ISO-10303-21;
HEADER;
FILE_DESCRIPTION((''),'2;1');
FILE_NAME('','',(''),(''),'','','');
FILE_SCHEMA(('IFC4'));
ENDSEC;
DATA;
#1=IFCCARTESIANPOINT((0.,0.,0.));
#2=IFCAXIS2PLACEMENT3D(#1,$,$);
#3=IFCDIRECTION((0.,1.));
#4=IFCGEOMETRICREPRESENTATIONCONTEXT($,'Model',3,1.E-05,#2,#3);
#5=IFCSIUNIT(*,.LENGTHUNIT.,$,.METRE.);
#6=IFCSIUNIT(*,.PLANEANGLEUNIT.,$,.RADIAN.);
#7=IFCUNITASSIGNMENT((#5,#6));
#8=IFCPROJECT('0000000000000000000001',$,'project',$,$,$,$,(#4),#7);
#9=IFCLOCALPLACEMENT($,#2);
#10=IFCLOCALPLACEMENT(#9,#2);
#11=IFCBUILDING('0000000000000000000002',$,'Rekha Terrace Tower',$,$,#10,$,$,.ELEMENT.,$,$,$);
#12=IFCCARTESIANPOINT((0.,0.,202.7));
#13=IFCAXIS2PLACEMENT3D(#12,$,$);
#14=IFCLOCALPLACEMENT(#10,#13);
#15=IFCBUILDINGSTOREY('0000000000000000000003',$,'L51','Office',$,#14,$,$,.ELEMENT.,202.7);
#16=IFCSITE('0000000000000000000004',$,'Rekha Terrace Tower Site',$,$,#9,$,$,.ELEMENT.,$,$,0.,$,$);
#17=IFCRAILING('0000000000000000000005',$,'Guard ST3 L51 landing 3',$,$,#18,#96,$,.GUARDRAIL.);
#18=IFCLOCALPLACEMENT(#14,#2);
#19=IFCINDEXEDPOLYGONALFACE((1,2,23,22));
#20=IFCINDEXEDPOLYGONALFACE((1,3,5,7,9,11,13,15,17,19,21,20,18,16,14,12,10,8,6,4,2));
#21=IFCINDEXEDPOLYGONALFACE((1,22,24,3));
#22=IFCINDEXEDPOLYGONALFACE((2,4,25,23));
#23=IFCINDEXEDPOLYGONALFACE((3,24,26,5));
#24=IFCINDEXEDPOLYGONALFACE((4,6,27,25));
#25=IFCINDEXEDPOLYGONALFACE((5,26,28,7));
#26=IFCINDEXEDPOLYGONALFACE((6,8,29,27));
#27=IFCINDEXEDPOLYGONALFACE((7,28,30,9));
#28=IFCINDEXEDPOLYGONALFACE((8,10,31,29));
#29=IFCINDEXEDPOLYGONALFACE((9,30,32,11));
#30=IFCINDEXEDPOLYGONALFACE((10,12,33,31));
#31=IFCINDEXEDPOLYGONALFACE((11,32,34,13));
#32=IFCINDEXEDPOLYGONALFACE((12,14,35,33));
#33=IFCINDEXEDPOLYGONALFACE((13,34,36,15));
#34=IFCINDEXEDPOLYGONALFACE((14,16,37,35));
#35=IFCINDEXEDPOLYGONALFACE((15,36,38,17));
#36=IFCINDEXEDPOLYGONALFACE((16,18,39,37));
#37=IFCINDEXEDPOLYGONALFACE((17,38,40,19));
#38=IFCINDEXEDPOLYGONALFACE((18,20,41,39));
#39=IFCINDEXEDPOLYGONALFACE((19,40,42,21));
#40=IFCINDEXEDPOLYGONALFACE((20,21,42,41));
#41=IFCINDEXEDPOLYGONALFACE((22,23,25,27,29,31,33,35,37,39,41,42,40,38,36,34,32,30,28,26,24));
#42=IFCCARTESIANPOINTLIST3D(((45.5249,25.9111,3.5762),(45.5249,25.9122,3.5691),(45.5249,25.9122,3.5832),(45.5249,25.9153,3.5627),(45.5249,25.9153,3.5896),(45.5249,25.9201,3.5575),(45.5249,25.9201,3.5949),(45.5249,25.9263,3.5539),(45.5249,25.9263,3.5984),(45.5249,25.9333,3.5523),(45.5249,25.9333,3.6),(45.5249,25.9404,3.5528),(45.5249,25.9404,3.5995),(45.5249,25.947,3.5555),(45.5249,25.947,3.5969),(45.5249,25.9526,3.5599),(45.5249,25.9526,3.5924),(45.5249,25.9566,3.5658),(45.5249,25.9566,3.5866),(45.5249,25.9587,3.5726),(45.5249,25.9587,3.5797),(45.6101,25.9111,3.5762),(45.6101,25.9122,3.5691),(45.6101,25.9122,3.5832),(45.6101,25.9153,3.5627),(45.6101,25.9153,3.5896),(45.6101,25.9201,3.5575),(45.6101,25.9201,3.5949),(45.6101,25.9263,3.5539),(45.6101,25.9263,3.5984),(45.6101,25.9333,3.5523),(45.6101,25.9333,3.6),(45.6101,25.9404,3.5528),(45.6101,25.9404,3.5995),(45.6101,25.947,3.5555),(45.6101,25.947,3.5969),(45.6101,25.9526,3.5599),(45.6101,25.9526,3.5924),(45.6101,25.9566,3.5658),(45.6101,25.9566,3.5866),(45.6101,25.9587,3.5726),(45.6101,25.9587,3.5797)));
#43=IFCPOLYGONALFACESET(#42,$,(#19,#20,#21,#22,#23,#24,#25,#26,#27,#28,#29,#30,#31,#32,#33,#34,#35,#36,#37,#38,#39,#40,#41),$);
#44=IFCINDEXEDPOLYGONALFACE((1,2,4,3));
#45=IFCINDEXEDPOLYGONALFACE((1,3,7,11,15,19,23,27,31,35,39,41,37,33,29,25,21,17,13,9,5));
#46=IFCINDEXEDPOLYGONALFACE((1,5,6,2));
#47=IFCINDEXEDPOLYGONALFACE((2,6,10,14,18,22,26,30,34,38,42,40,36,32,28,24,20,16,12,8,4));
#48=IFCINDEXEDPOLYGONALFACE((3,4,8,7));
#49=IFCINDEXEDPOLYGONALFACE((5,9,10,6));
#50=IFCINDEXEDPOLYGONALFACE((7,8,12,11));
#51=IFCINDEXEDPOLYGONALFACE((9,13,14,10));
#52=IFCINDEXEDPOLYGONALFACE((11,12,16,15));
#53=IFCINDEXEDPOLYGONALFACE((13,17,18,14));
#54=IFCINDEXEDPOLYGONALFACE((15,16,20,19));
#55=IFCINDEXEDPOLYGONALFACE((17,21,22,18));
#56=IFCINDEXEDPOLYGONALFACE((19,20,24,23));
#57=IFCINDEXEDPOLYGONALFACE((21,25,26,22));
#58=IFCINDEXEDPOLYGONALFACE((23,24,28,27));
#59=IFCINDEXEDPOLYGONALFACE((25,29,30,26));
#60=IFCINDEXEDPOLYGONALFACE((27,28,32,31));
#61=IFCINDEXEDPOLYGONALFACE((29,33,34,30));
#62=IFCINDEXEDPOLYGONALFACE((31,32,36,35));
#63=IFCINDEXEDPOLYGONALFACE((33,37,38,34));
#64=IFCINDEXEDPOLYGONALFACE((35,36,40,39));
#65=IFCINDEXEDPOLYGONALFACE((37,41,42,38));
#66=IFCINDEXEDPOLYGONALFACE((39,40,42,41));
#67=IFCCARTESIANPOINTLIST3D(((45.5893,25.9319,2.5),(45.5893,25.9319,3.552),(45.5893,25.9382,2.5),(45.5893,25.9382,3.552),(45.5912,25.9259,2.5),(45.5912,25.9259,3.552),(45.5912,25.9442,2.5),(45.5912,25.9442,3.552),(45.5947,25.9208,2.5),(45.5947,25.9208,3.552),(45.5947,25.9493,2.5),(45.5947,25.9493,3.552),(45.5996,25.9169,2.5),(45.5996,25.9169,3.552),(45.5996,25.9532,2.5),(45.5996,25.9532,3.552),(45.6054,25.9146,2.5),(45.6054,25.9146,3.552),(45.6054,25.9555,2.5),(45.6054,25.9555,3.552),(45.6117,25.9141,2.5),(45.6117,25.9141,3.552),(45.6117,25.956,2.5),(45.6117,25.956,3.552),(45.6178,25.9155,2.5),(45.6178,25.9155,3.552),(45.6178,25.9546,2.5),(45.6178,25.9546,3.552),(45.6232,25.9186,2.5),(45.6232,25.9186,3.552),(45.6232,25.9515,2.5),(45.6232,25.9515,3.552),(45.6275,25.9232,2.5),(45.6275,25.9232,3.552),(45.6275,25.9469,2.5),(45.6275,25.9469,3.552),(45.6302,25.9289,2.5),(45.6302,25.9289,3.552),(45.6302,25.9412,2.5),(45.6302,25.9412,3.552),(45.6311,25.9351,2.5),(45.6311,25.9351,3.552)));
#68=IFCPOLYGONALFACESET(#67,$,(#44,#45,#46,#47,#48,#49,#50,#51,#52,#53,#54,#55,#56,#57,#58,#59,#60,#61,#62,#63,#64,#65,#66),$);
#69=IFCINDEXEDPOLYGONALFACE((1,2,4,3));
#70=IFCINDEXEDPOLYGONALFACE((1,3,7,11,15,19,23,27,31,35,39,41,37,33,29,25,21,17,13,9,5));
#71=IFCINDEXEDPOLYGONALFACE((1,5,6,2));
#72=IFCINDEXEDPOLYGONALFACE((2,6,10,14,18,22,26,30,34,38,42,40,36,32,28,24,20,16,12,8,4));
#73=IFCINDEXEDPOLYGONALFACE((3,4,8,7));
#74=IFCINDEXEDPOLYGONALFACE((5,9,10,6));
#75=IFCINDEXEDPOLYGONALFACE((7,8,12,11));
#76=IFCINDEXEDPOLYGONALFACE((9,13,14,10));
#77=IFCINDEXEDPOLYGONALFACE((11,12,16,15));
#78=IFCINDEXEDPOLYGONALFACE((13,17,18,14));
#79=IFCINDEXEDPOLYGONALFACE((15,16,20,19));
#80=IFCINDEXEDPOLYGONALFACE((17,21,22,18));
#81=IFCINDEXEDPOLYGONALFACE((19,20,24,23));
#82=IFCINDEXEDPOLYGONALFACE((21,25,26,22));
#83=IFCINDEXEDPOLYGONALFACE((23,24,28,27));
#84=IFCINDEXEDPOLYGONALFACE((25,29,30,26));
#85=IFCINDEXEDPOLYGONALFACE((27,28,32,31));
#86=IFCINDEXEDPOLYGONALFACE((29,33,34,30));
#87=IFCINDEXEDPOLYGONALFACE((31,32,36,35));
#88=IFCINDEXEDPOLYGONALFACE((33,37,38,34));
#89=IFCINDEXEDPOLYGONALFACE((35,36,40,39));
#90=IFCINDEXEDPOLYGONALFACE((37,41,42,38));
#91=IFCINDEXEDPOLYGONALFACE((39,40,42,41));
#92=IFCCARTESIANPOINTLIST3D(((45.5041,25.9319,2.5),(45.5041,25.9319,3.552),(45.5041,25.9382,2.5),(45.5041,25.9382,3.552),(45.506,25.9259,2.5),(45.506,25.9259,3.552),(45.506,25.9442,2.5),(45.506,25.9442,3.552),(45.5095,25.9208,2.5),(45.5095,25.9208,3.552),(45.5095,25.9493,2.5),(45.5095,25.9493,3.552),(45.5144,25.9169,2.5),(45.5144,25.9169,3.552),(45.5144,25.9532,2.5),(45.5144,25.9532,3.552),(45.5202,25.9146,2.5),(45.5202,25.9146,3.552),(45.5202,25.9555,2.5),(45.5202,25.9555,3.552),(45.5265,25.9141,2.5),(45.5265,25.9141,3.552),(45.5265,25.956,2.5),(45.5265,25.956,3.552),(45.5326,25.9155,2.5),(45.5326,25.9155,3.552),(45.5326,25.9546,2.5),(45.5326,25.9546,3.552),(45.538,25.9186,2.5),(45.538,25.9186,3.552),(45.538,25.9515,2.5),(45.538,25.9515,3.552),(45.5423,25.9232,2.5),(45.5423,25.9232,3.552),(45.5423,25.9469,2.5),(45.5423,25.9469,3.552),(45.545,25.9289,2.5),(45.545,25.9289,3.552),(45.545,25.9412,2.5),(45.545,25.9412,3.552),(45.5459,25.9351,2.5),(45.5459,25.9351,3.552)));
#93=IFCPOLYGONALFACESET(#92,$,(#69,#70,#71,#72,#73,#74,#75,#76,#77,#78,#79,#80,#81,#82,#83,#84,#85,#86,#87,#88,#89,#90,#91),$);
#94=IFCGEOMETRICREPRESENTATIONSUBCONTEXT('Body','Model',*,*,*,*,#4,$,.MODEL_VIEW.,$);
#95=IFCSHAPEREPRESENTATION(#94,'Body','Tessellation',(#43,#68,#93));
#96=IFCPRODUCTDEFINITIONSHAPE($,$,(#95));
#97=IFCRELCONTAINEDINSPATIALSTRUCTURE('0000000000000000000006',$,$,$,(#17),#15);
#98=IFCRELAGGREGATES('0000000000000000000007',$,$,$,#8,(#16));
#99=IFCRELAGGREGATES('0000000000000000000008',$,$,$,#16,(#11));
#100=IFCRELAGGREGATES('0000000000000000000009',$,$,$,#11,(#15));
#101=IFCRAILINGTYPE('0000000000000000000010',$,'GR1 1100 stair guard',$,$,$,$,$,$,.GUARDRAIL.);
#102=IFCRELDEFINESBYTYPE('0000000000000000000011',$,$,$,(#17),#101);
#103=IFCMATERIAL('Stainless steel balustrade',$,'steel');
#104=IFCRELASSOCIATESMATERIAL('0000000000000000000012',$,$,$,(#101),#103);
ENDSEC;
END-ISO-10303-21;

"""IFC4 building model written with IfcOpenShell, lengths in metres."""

from ifc_helpers import new_model, si_unit, direction, frame, origin, origin_2d, place, context, subcontext, project, spatial, circle, extrude, material, type_object, element, save


model = new_model("IFC4")

# Units and contexts
model_context = context("Model", 3, precision=1e-05, world=origin(), true_north=direction((0.0, 1.0)))
body_context = subcontext(model_context, "Body", "Model", "MODEL_VIEW")
ifc_project = project(units=[si_unit("LENGTHUNIT", "METRE"), si_unit("PLANEANGLEUNIT", "RADIAN")], contexts=[model_context])

# Site, building, storey
site_placement = place(None, origin())
site = spatial("IfcSite", under=ifc_project, at=site_placement, Name="Rekha Terrace Tower Site", CompositionType="ELEMENT", RefElevation=0.0)
building_placement = place(site_placement, origin())
building = spatial("IfcBuilding", under=site, at=building_placement, Name="Rekha Terrace Tower", CompositionType="ELEMENT")
storey_placement = place(building_placement, frame((0.0, 0.0, 202.7)))
storey = spatial("IfcBuildingStorey", under=building, at=storey_placement, Name="L51", Description="Office", CompositionType="ELEMENT", Elevation=202.7)

# Railing
ifc_material_1 = material(Name="Stainless steel balustrade", Category="steel")
railing_type_1 = type_object("IfcRailingType", Name="GR1 1100 stair guard", PredefinedType="GUARDRAIL", material=ifc_material_1)
railing_1_placement = place(storey_placement, frame((45.6101, 25.9351, 2.5)))
element("IfcRailing", 1, at=railing_1_placement, inside=storey, type_object=railing_type_1, Name="Guard ST3 L51 landing 3", PredefinedType="GUARDRAIL", context=body_context, shape_type="SweptSolid", body=[
    extrude(circle(Radius=0.0239, at=origin_2d()), frame((0.0, 0.0, 1.0762), z_axis=(-1.0, 0.0, 0.0), x_axis=(0.0, -1.0, 0.0)), (0.0, 0.0, 1.0), 0.0852),
    extrude(circle(Radius=0.021, at=origin_2d()), origin(), (0.0, 0.0, 1.0), 1.052),
    extrude(circle(Radius=0.021, at=origin_2d()), frame((-0.0852, 0.0, 0.0)), (0.0, 0.0, 1.0), 1.052),
])

save(model, "model.ifc")
